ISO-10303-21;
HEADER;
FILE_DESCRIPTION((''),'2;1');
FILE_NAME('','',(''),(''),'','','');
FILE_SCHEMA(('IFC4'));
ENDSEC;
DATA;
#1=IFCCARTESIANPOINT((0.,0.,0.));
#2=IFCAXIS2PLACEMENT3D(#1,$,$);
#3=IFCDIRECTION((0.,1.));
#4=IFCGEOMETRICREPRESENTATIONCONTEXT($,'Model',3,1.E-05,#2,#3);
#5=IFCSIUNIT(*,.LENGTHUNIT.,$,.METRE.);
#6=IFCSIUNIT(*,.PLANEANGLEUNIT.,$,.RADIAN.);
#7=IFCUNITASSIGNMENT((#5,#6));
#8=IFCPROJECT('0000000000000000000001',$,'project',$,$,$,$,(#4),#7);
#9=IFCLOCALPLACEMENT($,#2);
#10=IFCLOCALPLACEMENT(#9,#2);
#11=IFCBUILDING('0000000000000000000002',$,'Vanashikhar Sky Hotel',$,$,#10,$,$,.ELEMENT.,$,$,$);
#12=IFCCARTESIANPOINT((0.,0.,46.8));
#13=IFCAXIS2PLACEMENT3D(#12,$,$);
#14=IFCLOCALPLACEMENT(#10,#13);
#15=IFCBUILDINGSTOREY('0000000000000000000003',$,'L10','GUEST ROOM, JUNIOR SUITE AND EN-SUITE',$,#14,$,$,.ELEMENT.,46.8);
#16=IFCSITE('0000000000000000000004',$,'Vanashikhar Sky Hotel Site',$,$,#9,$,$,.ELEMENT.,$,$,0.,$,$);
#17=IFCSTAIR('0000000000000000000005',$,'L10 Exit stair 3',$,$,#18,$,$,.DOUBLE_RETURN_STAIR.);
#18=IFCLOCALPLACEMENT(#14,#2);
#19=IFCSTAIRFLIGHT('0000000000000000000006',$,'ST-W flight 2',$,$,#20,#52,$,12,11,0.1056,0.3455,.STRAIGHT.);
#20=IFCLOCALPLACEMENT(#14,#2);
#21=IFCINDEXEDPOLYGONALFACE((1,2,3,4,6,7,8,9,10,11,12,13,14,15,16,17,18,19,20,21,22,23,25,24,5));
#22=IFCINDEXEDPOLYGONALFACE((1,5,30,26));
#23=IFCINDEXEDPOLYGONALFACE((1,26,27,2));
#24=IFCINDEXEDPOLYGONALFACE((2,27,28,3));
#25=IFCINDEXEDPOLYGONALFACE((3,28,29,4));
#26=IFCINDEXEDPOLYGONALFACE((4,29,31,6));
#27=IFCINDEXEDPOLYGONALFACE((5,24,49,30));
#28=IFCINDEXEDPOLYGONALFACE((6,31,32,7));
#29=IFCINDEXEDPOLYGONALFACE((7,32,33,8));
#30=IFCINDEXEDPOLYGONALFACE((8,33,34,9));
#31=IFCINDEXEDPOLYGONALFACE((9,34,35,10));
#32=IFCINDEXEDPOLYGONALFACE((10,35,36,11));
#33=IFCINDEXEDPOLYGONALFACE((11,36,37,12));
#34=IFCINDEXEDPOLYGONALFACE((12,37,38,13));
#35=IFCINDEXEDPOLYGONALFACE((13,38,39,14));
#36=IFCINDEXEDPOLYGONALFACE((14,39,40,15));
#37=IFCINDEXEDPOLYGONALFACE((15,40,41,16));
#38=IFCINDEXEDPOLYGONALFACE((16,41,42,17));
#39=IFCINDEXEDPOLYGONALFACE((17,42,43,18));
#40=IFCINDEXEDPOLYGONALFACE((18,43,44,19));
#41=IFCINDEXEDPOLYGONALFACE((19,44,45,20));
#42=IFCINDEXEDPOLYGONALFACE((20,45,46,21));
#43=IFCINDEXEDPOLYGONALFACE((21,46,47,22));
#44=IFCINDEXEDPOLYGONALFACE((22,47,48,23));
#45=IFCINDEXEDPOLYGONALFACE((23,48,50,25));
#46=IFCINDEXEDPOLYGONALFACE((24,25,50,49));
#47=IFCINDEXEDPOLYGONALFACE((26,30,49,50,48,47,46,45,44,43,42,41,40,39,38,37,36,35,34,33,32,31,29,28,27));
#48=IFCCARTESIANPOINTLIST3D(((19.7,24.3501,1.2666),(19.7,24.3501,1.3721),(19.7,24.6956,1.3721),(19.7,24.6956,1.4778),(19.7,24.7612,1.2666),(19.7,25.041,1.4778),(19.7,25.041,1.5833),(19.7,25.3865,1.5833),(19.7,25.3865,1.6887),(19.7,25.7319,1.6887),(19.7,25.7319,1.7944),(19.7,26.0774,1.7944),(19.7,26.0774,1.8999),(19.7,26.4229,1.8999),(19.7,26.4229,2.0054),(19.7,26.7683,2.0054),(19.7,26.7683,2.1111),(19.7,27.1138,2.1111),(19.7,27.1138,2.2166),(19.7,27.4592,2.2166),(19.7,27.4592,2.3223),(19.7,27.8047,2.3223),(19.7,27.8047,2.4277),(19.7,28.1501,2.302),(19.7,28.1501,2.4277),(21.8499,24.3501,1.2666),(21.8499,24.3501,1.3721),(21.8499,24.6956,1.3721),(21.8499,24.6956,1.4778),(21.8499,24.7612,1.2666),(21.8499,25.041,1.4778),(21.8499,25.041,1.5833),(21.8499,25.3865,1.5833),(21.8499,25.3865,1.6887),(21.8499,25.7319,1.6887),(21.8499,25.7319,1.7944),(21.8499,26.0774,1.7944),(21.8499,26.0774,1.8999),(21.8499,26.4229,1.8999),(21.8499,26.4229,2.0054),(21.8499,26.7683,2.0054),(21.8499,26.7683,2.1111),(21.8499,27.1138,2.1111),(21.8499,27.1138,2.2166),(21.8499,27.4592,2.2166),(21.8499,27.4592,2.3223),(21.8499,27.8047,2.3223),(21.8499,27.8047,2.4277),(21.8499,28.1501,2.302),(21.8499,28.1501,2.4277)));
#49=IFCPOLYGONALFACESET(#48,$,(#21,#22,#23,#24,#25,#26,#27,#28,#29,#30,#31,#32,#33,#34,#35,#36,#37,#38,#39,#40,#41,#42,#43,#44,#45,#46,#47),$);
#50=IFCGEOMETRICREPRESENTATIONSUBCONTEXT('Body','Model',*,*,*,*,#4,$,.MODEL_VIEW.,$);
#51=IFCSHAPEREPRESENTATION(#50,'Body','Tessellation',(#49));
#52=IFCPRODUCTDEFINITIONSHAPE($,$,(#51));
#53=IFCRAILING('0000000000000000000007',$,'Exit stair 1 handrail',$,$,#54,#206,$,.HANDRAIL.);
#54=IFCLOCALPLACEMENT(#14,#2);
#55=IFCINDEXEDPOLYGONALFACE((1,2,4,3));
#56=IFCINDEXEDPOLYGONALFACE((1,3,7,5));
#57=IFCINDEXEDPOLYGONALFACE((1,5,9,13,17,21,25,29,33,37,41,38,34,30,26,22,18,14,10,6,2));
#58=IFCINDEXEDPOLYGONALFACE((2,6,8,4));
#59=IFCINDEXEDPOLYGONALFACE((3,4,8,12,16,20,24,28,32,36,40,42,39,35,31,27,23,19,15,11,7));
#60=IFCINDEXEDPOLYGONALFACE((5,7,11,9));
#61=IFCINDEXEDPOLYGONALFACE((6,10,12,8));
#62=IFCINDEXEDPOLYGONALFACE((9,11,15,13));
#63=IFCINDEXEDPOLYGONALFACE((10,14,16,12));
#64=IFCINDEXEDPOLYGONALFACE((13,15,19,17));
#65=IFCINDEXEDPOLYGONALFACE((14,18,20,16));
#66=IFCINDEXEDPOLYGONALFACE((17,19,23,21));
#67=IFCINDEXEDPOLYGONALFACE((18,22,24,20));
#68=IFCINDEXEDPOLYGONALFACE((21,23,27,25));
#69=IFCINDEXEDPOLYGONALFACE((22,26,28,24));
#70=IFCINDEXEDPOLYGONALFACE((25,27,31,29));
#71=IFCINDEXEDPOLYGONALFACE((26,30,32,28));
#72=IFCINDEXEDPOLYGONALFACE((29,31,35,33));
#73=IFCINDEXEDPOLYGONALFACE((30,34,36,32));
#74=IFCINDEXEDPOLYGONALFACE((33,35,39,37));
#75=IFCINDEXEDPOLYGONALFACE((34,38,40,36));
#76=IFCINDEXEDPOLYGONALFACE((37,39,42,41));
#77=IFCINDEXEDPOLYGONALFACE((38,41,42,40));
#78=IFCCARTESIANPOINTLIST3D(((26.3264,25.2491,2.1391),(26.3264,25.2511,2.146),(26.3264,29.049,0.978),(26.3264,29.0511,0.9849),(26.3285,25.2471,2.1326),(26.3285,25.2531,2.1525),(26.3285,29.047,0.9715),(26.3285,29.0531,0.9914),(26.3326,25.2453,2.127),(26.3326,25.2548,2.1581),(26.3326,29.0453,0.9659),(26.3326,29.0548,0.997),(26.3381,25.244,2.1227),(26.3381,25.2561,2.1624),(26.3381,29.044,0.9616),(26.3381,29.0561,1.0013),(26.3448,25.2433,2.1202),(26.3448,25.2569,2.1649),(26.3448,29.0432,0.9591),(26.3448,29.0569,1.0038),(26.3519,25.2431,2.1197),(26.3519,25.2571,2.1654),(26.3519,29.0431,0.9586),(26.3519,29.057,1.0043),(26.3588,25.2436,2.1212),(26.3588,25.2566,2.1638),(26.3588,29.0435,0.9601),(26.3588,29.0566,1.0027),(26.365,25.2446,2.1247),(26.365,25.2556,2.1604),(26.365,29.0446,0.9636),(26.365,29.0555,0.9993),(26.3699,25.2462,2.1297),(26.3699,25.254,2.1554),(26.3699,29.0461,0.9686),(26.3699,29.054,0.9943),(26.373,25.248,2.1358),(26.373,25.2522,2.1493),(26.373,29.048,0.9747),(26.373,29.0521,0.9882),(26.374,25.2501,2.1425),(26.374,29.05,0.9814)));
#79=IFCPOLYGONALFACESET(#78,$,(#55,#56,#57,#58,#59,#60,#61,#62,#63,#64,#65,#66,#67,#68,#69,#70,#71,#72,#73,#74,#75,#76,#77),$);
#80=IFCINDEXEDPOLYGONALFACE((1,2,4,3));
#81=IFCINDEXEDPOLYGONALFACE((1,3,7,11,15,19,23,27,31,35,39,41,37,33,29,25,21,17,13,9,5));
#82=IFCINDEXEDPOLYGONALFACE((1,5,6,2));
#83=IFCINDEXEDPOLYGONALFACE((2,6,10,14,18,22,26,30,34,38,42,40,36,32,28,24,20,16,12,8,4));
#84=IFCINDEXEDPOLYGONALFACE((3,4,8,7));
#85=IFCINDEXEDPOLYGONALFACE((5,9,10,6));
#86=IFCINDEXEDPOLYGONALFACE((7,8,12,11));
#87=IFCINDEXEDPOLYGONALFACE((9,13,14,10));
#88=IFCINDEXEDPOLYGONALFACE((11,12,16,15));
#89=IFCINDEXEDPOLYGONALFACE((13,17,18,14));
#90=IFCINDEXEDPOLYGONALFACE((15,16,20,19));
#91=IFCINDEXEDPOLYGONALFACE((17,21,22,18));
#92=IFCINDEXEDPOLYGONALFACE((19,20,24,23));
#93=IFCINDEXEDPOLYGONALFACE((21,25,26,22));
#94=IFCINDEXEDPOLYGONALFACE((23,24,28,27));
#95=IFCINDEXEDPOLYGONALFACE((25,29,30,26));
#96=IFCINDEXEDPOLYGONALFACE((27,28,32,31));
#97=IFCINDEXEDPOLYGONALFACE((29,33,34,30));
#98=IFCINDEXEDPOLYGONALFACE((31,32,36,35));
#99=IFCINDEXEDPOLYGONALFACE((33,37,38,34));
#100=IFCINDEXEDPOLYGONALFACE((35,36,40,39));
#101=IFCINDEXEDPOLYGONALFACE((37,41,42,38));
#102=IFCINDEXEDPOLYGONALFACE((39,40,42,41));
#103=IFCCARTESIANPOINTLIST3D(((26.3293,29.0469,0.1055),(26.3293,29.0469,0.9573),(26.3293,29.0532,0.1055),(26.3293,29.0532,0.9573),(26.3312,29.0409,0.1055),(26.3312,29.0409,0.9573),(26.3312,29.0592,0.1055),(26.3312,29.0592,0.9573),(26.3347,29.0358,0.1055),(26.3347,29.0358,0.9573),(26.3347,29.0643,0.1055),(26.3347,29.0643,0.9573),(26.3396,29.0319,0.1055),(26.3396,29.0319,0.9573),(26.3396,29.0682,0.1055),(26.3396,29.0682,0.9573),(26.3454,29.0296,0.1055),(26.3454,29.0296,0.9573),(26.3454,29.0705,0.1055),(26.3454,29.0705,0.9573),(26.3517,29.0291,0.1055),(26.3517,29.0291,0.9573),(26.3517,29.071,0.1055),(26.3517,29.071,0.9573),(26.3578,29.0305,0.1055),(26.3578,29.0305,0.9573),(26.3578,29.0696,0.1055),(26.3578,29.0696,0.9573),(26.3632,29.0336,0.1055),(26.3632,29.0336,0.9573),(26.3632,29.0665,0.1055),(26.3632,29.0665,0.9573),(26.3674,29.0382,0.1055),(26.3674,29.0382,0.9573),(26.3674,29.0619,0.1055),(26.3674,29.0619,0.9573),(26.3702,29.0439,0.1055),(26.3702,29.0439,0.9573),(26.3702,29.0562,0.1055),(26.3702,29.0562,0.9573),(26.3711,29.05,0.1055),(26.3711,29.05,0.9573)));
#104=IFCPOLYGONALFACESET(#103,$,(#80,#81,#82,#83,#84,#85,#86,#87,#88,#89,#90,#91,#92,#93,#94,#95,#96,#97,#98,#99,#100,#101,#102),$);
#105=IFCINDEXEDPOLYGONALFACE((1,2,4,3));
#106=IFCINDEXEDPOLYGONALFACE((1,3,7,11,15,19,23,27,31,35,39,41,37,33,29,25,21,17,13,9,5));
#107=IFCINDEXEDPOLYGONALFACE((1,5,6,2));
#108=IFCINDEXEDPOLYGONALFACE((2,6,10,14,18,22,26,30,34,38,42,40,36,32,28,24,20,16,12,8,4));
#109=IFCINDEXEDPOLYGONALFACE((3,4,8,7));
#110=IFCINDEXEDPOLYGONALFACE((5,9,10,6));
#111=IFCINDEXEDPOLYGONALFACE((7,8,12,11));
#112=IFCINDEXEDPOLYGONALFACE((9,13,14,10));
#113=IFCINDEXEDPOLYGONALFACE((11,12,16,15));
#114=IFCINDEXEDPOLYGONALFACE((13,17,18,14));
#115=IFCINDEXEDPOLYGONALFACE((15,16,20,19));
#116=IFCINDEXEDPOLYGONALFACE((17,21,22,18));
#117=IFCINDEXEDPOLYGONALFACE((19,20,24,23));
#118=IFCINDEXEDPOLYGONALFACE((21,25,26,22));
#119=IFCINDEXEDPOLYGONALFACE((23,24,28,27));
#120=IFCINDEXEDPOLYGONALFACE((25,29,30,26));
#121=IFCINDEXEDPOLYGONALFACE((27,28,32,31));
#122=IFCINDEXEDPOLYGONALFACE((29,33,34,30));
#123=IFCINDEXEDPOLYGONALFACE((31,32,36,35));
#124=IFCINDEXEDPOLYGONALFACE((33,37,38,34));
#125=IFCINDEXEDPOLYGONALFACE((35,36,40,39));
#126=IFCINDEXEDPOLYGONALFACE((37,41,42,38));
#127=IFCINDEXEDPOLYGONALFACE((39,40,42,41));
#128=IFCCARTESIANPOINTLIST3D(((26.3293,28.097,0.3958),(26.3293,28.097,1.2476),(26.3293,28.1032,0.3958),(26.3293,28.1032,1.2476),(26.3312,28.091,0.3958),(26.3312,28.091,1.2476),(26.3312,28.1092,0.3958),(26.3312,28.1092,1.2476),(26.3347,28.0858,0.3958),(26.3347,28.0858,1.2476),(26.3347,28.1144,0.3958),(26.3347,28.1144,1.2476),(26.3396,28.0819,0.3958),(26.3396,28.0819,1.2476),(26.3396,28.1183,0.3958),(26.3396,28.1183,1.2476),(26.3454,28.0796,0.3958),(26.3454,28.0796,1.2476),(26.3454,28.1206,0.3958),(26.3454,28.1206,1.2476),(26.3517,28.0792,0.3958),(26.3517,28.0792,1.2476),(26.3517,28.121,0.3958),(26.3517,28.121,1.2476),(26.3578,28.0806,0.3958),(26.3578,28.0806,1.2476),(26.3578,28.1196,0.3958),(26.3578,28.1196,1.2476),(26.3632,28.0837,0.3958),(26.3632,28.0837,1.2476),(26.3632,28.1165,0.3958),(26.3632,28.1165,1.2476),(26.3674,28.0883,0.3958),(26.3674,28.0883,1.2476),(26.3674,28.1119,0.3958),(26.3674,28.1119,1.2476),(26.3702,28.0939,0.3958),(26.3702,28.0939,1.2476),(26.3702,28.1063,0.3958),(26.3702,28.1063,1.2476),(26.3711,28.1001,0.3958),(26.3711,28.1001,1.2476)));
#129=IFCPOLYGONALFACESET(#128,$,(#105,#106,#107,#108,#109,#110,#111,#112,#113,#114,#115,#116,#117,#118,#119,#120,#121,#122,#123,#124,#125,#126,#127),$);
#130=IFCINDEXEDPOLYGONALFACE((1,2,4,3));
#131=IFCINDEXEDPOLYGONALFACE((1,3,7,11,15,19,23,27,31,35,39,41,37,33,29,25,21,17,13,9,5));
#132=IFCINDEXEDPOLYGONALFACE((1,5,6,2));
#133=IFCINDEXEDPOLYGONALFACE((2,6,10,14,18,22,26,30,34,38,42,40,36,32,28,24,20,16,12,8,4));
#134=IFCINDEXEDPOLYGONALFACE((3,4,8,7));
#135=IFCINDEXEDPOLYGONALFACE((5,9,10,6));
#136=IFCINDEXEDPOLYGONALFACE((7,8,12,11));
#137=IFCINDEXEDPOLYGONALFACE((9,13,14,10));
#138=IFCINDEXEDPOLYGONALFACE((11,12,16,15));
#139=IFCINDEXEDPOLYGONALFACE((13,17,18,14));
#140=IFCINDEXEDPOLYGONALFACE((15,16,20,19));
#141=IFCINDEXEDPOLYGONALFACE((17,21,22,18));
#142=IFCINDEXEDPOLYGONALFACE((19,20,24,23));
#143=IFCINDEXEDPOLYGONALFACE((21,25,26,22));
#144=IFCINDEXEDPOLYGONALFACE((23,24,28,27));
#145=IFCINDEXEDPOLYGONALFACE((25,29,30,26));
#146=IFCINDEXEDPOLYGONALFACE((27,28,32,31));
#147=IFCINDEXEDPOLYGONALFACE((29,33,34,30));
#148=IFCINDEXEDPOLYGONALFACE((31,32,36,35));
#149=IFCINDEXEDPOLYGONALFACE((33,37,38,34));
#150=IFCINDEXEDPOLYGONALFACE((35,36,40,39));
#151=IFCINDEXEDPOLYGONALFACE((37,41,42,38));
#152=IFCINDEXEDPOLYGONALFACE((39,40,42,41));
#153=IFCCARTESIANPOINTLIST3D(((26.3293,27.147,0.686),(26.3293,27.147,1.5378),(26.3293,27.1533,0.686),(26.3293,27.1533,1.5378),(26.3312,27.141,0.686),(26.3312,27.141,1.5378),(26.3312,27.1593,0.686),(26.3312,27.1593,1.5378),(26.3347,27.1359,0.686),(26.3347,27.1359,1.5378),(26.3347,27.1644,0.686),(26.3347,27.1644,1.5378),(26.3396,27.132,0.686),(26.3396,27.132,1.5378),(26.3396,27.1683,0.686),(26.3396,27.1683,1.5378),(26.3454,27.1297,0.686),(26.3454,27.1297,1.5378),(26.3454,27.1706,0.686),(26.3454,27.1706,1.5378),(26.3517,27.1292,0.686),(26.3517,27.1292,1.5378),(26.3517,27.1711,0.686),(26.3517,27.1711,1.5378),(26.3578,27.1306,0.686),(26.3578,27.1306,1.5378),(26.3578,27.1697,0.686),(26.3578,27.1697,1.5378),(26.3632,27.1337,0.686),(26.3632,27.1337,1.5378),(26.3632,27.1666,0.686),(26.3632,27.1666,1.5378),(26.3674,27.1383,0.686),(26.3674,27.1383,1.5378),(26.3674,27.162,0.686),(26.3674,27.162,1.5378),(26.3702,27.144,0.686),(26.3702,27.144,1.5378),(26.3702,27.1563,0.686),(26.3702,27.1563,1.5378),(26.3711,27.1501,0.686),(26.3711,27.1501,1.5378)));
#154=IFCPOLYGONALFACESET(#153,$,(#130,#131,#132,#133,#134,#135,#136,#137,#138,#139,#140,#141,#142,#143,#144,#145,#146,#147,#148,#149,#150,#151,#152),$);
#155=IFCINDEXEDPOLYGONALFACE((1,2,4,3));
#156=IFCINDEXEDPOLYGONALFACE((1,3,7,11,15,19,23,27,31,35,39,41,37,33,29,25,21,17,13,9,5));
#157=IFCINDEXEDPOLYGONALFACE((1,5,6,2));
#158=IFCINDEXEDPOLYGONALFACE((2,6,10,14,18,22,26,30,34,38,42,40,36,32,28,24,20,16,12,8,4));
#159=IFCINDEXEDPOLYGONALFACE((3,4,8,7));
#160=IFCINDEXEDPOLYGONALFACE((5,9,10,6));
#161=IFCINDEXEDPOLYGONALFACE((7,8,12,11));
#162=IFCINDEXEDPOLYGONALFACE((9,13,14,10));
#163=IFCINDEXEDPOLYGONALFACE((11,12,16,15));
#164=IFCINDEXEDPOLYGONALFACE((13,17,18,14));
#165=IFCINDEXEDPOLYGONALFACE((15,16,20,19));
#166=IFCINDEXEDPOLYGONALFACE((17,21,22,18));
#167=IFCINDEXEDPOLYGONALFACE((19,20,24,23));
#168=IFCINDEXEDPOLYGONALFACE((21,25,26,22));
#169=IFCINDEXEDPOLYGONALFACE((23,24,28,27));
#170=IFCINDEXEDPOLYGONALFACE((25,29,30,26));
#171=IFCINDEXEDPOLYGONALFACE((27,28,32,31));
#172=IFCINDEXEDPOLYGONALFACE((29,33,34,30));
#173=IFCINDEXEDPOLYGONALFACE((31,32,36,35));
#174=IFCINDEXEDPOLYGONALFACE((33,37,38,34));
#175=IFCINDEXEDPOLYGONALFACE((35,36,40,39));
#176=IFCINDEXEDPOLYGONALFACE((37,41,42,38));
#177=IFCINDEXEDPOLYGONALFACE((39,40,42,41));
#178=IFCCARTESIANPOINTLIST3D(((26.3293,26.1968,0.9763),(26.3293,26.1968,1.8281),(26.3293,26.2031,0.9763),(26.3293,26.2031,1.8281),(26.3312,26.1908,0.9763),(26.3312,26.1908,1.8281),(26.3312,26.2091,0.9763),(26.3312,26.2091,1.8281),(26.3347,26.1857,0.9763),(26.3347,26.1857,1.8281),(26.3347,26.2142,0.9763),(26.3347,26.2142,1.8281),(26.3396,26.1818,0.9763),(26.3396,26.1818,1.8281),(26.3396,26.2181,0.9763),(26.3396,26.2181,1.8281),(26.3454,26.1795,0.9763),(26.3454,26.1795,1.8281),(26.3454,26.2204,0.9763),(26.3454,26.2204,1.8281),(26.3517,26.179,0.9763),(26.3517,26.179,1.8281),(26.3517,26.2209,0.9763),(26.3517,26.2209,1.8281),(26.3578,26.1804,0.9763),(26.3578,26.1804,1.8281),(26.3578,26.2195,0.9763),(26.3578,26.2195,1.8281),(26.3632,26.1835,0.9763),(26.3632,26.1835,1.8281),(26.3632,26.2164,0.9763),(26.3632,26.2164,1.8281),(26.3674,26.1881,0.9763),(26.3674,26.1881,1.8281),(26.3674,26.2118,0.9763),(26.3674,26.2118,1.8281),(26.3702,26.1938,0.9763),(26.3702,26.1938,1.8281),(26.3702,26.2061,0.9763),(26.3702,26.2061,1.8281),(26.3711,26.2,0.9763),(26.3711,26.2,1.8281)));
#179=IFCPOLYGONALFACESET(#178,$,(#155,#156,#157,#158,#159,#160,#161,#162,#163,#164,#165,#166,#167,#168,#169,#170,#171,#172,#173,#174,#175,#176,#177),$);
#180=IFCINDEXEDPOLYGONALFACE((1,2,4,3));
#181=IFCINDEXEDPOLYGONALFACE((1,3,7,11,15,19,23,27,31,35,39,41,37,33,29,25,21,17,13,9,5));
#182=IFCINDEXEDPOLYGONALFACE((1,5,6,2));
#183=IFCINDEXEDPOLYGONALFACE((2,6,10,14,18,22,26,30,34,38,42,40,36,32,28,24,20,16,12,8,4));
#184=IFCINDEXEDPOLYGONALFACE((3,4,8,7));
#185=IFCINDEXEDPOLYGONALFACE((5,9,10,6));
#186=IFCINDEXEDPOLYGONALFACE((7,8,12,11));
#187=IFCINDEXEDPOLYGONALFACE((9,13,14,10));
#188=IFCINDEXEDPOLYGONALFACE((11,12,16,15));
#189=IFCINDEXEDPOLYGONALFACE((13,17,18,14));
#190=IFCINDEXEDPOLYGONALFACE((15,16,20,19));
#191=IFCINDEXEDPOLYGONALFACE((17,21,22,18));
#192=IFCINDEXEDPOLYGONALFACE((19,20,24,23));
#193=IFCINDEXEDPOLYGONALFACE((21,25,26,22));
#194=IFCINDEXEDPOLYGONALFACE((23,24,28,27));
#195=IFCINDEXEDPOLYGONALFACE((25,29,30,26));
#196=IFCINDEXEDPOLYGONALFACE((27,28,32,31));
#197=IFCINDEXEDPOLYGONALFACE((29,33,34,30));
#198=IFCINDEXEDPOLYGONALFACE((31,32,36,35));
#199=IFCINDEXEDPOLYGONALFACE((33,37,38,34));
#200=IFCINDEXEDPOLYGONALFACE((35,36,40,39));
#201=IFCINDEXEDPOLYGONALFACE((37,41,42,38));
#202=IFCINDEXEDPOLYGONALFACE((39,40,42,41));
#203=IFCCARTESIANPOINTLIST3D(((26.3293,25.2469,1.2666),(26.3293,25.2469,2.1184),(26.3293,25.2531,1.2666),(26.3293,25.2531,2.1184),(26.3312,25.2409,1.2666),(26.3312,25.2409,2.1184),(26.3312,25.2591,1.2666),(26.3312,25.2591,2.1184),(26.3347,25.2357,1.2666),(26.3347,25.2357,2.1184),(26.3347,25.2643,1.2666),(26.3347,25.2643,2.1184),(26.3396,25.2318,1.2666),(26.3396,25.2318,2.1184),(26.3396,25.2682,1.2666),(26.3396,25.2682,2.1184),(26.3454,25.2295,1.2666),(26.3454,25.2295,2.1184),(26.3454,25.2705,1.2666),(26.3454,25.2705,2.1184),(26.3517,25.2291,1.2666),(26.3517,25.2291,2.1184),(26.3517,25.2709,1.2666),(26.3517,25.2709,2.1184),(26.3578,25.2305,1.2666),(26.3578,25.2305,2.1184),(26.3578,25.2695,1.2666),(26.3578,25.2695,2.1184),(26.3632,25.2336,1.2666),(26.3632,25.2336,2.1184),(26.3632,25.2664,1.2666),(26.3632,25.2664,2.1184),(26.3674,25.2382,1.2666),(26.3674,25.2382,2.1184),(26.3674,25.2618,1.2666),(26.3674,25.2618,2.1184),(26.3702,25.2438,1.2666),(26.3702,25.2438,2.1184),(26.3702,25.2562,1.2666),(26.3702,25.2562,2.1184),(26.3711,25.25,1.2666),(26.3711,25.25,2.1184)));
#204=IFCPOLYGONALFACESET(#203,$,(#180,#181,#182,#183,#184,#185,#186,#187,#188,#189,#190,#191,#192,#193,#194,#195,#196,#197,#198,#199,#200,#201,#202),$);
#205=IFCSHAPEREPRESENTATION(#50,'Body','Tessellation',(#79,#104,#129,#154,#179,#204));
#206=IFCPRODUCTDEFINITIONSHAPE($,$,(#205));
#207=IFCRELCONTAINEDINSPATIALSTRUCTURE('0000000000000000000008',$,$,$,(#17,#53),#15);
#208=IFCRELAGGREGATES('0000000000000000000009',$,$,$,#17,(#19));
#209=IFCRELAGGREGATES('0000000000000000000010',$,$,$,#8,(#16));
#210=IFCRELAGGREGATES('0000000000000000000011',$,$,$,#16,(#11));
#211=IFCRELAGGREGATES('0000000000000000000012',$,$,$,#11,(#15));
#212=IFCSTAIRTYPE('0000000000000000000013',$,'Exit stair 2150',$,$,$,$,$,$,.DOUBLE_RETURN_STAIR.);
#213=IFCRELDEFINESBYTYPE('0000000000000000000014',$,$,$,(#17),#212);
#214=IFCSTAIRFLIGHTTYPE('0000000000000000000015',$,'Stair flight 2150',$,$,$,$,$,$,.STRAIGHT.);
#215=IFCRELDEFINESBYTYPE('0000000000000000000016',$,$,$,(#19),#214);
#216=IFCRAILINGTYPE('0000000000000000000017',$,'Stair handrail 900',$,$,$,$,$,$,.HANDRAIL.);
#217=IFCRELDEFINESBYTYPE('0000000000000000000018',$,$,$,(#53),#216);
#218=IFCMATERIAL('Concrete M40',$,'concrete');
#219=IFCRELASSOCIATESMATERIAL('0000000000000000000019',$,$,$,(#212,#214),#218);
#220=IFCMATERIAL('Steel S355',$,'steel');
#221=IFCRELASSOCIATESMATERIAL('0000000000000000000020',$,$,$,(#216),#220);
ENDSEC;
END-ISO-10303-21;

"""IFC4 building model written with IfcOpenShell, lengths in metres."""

from ifc_helpers import new_model, si_unit, direction, frame, origin, origin_2d, place, context, subcontext, project, spatial, polyline, circle, outline, extrude, source, transform, mapped, material, type_object, element, aggregate, save


model = new_model("IFC4")

# Units and contexts
model_context = context("Model", 3, precision=1e-05, world=origin(), true_north=direction((0.0, 1.0)))
body_context = subcontext(model_context, "Body", "Model", "MODEL_VIEW")
ifc_project = project(units=[si_unit("LENGTHUNIT", "METRE"), si_unit("PLANEANGLEUNIT", "RADIAN")], contexts=[model_context])

# Site, building, storey
site_placement = place(None, origin())
site = spatial("IfcSite", under=ifc_project, at=site_placement, Name="Vanashikhar Sky Hotel Site", CompositionType="ELEMENT", RefElevation=0.0)
building_placement = place(site_placement, origin())
building = spatial("IfcBuilding", under=site, at=building_placement, Name="Vanashikhar Sky Hotel", CompositionType="ELEMENT")
storey_placement = place(building_placement, frame((0.0, 0.0, 46.8)))
storey = spatial("IfcBuildingStorey", under=building, at=storey_placement, Name="L10", Description="GUEST ROOM, JUNIOR SUITE AND EN-SUITE", CompositionType="ELEMENT", Elevation=46.8)

# Stair, stair flight
ifc_material_1 = material(Name="Concrete M40", Category="concrete")
stair_type = type_object("IfcStairType", Name="Exit stair 2150", PredefinedType="DOUBLE_RETURN_STAIR", material=ifc_material_1)
stair_flight_type = type_object("IfcStairFlightType", Name="Stair flight 2150", PredefinedType="STRAIGHT", material=ifc_material_1)
shared_shape_1 = source(origin(), body_context, "Body", "SweptSolid", [
    extrude(outline(polyline([(0.0, 0.0), (0.0, 0.1055), (0.3455, 0.1055), (0.3455, 0.2112), (0.6909, 0.2112), (0.6909, 0.3167), (1.0364, 0.3167), (1.0364, 0.4221), (1.3818, 0.4221), (1.3818, 0.5278), (1.7273, 0.5278), (1.7273, 0.6333), (2.0728, 0.6333), (2.0728, 0.7388), (2.4182, 0.7388), (2.4182, 0.8445), (2.7637, 0.8445), (2.7637, 0.95), (3.1091, 0.95), (3.1091, 1.0557), (3.4546, 1.0557), (3.4546, 1.1611), (3.8, 1.1611), (3.8, 1.2666), (3.8, 1.0354), (0.4111, 0.0), (0.0, 0.0)])), frame((0.0, 1.075, 0.0), z_axis=(0.0, -1.0, 0.0), x_axis=(1.0, 0.0, 0.0)), (0.0, 0.0, 1.0), 2.1499),
])
stair_1_placement = place(storey_placement, origin())
stair_1 = element("IfcStair", 1, at=stair_1_placement, inside=storey, type_object=stair_type, Name="L10 Exit stair 3", PredefinedType="DOUBLE_RETURN_STAIR")
stair_flight_1_placement = place(storey_placement, frame((20.7749, 24.3501, 1.2666), z_axis=(0.0, 0.0, 1.0), x_axis=(0.0, 1.0, 0.0)))
stair_flight_1 = element("IfcStairFlight", 2, at=stair_flight_1_placement, type_object=stair_flight_type, Name="ST-W flight 2", NumberOfRisers=12, NumberOfTreads=11, PredefinedType="STRAIGHT", RiserHeight=0.1056, TreadLength=0.3455, context=body_context, shape_type="MappedRepresentation", body=[
    mapped(shared_shape_1, transform((0.0, 0.0, 0.0), scale=1.0)),
])
aggregate(stair_1, [stair_flight_1])

# Railing
ifc_material_2 = material(Name="Steel S355", Category="steel")
railing_type = type_object("IfcRailingType", Name="Stair handrail 900", PredefinedType="HANDRAIL", material=ifc_material_2)
shared_shape_2 = source(origin(), body_context, "Body", "SweptSolid", [
    extrude(circle(Radius=0.0239, at=origin_2d()), frame((0.0, 0.0, 0.876), z_axis=(0.0, -0.956351, 0.29222), x_axis=(1.0, 0.0, 0.0)), (0.0, 0.0, 1.0), 3.9734),
    extrude(circle(Radius=0.021, at=origin_2d()), origin(), (0.0, 0.0, 1.0), 0.8518),
    extrude(circle(Radius=0.021, at=origin_2d()), frame((0.0, -0.95, 0.2903)), (0.0, 0.0, 1.0), 0.8518),
    extrude(circle(Radius=0.021, at=origin_2d()), frame((0.0, -1.8999, 0.5806)), (0.0, 0.0, 1.0), 0.8518),
    extrude(circle(Radius=0.021, at=origin_2d()), frame((0.0, -2.8501, 0.8708)), (0.0, 0.0, 1.0), 0.8518),
    extrude(circle(Radius=0.021, at=origin_2d()), frame((0.0, -3.8, 1.1611)), (0.0, 0.0, 1.0), 0.8518),
])
for number, where, name in (
    (3, (26.3501, 29.05, 0.1055), "Exit stair 1 handrail"),
):
    element("IfcRailing", number, at=place(storey_placement, frame(where)), inside=storey, type_object=railing_type, Name=name, PredefinedType="HANDRAIL", context=body_context, shape_type="MappedRepresentation", body=[
        mapped(shared_shape_2, transform((0.0, 0.0, 0.0), scale=1.0)),
    ])

save(model, "model.ifc")
